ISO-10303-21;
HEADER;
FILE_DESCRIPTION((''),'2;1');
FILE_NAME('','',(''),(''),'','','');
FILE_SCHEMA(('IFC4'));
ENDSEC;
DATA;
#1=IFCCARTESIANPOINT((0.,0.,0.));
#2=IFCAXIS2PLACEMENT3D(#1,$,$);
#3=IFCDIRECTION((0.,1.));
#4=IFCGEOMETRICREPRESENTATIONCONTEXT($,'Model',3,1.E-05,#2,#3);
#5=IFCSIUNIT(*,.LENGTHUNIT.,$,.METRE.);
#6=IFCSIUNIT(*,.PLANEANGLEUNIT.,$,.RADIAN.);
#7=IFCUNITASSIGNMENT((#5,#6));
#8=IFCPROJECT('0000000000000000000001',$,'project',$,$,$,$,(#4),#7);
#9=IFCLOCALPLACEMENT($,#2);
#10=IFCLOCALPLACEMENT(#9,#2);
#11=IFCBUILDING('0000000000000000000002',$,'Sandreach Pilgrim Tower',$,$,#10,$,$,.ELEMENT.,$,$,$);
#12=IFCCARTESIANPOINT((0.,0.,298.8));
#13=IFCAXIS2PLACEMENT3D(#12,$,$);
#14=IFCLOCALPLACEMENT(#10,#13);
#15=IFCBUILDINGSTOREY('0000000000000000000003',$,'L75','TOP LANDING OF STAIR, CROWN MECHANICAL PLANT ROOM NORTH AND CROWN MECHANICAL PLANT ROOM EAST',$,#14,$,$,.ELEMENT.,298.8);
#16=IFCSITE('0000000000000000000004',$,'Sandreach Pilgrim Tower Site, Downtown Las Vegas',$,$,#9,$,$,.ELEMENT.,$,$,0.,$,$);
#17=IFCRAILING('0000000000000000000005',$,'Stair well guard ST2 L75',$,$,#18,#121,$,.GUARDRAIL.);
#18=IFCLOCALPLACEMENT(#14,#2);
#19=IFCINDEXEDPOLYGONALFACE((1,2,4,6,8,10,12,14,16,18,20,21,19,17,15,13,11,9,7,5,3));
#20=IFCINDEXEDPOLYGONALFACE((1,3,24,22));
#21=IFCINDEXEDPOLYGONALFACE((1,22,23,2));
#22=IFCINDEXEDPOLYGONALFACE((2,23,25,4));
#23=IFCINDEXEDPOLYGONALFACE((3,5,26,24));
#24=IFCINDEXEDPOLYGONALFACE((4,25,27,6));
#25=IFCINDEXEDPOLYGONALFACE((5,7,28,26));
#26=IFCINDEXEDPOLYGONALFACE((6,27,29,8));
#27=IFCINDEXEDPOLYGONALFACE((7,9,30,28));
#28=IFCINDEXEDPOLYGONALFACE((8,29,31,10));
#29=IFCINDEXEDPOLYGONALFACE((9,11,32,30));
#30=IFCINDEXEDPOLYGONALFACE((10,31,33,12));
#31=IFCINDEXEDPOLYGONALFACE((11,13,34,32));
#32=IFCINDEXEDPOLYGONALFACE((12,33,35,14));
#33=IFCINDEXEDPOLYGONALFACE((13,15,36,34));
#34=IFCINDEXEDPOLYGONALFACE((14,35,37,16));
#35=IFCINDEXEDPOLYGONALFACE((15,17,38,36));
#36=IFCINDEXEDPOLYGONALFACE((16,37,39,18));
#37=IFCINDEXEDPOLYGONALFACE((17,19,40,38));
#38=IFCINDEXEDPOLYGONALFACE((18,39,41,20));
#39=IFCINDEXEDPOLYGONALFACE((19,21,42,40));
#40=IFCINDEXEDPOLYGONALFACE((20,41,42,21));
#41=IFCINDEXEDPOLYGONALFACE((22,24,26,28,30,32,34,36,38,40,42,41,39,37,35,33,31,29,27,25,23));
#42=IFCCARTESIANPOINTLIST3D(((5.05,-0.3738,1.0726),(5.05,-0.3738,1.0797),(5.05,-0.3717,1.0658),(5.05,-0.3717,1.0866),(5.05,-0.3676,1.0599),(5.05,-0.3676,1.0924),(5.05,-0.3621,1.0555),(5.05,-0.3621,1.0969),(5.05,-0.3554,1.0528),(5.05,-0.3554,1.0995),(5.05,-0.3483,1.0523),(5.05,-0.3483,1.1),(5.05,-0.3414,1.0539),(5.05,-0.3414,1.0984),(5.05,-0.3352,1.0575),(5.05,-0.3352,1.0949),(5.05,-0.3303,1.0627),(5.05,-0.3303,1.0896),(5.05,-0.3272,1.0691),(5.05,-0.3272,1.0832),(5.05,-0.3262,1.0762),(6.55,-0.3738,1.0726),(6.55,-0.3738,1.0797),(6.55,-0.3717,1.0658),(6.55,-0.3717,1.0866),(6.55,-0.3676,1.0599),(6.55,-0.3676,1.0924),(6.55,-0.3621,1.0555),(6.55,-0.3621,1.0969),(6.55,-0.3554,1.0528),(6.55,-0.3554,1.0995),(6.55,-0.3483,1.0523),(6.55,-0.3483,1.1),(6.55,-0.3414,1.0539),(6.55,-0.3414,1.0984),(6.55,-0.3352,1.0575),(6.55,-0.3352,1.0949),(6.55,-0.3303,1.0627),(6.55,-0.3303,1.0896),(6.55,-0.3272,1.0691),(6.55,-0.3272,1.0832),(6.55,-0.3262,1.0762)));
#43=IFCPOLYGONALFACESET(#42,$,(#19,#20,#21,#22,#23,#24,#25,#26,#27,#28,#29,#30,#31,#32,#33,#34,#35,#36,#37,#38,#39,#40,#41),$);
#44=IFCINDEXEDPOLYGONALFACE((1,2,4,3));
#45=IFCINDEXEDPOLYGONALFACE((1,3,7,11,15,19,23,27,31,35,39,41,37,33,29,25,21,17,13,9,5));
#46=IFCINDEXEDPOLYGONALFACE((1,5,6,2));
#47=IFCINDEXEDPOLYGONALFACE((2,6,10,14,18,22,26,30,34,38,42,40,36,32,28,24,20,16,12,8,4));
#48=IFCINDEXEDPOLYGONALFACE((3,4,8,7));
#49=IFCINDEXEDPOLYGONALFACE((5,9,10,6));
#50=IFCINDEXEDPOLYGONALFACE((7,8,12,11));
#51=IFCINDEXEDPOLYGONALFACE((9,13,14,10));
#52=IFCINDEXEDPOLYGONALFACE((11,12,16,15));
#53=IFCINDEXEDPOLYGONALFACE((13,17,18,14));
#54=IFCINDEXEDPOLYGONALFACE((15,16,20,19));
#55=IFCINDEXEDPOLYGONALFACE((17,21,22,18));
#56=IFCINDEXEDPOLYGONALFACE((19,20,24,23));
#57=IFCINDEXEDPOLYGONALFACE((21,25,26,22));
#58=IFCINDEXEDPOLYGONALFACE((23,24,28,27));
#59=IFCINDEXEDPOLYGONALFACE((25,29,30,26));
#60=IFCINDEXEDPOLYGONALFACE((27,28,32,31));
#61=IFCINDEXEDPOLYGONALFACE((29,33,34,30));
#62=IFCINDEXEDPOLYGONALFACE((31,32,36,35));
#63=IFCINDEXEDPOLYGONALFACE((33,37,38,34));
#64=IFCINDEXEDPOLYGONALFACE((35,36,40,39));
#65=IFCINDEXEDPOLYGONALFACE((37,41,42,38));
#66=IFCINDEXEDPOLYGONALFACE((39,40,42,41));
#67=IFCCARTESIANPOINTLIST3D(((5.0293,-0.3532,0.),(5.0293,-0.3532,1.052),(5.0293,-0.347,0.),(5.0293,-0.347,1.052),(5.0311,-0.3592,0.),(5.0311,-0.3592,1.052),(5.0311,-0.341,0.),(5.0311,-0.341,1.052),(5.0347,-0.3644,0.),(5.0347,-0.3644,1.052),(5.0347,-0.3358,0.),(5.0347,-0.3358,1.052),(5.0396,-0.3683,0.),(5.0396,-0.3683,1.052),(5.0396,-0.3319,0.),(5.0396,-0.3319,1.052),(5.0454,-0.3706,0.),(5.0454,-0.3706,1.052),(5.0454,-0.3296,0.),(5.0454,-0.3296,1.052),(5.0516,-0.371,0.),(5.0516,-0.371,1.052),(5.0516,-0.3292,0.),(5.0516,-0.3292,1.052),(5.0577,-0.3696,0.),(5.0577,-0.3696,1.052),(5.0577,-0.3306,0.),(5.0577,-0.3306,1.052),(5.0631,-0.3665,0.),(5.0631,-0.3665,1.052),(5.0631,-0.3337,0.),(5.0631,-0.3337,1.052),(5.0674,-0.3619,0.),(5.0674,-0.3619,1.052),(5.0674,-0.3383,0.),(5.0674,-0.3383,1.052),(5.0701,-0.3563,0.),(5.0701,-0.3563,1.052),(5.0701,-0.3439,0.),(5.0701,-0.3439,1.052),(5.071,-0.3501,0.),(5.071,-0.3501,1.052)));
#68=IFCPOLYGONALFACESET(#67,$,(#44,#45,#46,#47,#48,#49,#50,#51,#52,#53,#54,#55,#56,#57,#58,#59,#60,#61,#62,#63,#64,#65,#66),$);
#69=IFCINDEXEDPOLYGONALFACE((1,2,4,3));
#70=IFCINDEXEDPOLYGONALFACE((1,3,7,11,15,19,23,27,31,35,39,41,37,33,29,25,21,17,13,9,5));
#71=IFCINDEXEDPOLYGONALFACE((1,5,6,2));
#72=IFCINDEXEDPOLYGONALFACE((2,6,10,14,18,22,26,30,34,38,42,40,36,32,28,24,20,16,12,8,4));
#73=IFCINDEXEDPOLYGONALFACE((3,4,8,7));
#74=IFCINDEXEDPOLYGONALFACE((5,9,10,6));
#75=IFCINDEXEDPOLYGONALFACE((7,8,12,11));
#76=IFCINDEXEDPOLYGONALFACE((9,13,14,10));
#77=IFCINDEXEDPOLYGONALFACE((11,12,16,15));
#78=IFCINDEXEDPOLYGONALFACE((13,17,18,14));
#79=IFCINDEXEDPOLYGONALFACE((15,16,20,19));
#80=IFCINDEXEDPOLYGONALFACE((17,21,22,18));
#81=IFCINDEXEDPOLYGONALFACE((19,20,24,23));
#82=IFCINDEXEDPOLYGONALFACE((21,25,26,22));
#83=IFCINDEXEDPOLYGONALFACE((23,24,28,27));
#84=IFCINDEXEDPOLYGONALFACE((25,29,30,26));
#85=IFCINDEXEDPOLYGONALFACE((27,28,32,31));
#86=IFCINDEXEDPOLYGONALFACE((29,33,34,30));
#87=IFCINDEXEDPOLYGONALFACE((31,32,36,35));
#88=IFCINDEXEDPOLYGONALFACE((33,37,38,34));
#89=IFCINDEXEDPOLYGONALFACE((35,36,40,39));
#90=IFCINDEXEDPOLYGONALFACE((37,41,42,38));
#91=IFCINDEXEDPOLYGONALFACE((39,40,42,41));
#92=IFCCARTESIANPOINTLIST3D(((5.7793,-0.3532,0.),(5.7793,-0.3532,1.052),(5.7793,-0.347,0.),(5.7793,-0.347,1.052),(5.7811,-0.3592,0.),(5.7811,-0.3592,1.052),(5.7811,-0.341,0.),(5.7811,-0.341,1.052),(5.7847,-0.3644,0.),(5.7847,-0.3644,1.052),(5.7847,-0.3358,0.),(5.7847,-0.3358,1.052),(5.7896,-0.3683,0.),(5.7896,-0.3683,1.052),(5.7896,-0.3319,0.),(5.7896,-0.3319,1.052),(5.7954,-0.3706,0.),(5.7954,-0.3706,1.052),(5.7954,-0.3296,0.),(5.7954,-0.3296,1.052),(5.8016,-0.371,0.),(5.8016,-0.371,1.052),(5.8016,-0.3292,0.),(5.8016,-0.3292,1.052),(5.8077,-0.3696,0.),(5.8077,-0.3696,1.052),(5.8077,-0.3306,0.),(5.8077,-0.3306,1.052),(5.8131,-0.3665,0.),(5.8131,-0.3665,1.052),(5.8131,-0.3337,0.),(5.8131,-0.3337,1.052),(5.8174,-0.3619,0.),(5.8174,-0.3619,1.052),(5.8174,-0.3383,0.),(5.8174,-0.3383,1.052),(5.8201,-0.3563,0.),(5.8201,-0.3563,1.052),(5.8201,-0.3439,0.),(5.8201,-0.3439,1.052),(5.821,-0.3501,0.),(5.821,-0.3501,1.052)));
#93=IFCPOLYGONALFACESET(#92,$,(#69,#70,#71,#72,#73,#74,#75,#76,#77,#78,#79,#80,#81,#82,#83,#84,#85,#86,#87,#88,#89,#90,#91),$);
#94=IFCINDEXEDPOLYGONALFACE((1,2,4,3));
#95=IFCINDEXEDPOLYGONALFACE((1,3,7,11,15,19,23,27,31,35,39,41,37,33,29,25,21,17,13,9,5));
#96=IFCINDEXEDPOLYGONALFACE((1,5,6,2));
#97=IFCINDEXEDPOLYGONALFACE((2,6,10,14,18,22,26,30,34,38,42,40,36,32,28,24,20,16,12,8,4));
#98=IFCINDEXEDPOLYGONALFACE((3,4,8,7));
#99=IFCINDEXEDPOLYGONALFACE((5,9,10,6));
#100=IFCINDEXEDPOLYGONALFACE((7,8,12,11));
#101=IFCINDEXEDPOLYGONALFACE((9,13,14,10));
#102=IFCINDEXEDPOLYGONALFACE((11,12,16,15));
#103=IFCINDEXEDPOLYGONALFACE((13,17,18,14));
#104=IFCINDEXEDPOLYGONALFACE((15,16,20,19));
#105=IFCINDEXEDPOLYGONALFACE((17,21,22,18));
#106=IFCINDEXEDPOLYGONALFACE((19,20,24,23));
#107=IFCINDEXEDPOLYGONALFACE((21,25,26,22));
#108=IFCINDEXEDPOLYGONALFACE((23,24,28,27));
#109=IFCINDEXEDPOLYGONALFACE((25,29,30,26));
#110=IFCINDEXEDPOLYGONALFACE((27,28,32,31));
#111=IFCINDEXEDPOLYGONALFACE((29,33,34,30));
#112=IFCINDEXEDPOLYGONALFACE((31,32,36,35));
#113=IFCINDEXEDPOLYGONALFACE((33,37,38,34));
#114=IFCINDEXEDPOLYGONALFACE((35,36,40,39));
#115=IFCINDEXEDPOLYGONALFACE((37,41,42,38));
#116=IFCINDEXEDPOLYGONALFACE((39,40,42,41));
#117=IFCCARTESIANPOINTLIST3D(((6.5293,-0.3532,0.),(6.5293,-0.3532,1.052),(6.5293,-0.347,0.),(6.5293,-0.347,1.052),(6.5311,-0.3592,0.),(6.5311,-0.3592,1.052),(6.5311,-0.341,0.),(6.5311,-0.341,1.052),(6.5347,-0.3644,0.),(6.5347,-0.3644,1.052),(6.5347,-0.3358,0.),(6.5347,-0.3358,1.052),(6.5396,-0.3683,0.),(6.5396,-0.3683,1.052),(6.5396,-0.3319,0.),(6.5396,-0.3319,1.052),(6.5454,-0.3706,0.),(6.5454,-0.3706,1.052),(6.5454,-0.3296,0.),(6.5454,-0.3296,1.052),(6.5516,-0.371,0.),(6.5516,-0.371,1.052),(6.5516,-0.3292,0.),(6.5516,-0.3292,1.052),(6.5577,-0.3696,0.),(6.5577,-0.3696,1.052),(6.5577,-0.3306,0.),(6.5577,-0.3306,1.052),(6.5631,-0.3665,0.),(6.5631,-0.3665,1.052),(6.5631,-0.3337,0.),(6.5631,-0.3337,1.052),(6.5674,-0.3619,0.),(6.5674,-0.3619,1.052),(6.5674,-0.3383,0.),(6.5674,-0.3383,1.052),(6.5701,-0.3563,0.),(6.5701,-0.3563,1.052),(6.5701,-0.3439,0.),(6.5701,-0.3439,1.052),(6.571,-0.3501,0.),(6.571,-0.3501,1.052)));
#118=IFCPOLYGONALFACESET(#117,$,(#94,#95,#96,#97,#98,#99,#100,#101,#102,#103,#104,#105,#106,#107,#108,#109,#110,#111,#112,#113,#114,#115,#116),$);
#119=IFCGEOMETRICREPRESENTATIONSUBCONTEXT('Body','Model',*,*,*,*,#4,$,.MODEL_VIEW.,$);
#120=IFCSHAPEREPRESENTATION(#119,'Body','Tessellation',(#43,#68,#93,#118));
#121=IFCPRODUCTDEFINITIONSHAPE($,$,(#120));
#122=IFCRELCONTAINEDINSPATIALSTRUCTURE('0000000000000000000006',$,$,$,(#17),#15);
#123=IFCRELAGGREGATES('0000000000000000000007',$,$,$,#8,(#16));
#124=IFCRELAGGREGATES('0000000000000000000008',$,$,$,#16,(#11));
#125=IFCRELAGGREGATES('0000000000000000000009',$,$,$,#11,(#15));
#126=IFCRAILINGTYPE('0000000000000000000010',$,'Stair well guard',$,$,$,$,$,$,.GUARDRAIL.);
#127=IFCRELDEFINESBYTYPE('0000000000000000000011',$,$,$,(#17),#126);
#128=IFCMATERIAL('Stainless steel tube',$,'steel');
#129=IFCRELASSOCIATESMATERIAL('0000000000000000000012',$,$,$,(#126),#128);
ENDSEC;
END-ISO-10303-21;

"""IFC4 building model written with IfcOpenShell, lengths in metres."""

from ifc_helpers import new_model, si_unit, direction, frame, origin, origin_2d, place, context, subcontext, project, spatial, circle, extrude, material, type_object, element, save


model = new_model("IFC4")

# Units and contexts
model_context = context("Model", 3, precision=1e-05, world=origin(), true_north=direction((0.0, 1.0)))
body_context = subcontext(model_context, "Body", "Model", "MODEL_VIEW")
ifc_project = project(units=[si_unit("LENGTHUNIT", "METRE"), si_unit("PLANEANGLEUNIT", "RADIAN")], contexts=[model_context])

# Site, building, storey
site_placement = place(None, origin())
site = spatial("IfcSite", under=ifc_project, at=site_placement, Name="Sandreach Pilgrim Tower Site, Downtown Las Vegas", CompositionType="ELEMENT", RefElevation=0.0)
building_placement = place(site_placement, origin())
building = spatial("IfcBuilding", under=site, at=building_placement, Name="Sandreach Pilgrim Tower", CompositionType="ELEMENT")
storey_placement = place(building_placement, frame((0.0, 0.0, 298.8)))
storey = spatial("IfcBuildingStorey", under=building, at=storey_placement, Name="L75", Description="TOP LANDING OF STAIR, CROWN MECHANICAL PLANT ROOM NORTH AND CROWN MECHANICAL PLANT ROOM EAST", CompositionType="ELEMENT", Elevation=298.8)

# Railing
ifc_material_1 = material(Name="Stainless steel tube", Category="steel")
railing_type = type_object("IfcRailingType", Name="Stair well guard", PredefinedType="GUARDRAIL", material=ifc_material_1)
railing_placement = place(storey_placement, frame((5.05, -0.3501, 0.0)))
element("IfcRailing", 1, at=railing_placement, inside=storey, type_object=railing_type, Name="Stair well guard ST2 L75", PredefinedType="GUARDRAIL", context=body_context, shape_type="SweptSolid", body=[
    extrude(circle(Radius=0.0239, at=origin_2d()), frame((0.0, 0.0, 1.0762), z_axis=(1.0, 0.0, 0.0), x_axis=(0.0, 1.0, 0.0)), (0.0, 0.0, 1.0), 1.5),
    extrude(circle(Radius=0.021, at=origin_2d()), origin(), (0.0, 0.0, 1.0), 1.052),
    extrude(circle(Radius=0.021, at=origin_2d()), frame((0.75, 0.0, 0.0)), (0.0, 0.0, 1.0), 1.052),
    extrude(circle(Radius=0.021, at=origin_2d()), frame((1.5, 0.0, 0.0)), (0.0, 0.0, 1.0), 1.052),
])

save(model, "model.ifc")
